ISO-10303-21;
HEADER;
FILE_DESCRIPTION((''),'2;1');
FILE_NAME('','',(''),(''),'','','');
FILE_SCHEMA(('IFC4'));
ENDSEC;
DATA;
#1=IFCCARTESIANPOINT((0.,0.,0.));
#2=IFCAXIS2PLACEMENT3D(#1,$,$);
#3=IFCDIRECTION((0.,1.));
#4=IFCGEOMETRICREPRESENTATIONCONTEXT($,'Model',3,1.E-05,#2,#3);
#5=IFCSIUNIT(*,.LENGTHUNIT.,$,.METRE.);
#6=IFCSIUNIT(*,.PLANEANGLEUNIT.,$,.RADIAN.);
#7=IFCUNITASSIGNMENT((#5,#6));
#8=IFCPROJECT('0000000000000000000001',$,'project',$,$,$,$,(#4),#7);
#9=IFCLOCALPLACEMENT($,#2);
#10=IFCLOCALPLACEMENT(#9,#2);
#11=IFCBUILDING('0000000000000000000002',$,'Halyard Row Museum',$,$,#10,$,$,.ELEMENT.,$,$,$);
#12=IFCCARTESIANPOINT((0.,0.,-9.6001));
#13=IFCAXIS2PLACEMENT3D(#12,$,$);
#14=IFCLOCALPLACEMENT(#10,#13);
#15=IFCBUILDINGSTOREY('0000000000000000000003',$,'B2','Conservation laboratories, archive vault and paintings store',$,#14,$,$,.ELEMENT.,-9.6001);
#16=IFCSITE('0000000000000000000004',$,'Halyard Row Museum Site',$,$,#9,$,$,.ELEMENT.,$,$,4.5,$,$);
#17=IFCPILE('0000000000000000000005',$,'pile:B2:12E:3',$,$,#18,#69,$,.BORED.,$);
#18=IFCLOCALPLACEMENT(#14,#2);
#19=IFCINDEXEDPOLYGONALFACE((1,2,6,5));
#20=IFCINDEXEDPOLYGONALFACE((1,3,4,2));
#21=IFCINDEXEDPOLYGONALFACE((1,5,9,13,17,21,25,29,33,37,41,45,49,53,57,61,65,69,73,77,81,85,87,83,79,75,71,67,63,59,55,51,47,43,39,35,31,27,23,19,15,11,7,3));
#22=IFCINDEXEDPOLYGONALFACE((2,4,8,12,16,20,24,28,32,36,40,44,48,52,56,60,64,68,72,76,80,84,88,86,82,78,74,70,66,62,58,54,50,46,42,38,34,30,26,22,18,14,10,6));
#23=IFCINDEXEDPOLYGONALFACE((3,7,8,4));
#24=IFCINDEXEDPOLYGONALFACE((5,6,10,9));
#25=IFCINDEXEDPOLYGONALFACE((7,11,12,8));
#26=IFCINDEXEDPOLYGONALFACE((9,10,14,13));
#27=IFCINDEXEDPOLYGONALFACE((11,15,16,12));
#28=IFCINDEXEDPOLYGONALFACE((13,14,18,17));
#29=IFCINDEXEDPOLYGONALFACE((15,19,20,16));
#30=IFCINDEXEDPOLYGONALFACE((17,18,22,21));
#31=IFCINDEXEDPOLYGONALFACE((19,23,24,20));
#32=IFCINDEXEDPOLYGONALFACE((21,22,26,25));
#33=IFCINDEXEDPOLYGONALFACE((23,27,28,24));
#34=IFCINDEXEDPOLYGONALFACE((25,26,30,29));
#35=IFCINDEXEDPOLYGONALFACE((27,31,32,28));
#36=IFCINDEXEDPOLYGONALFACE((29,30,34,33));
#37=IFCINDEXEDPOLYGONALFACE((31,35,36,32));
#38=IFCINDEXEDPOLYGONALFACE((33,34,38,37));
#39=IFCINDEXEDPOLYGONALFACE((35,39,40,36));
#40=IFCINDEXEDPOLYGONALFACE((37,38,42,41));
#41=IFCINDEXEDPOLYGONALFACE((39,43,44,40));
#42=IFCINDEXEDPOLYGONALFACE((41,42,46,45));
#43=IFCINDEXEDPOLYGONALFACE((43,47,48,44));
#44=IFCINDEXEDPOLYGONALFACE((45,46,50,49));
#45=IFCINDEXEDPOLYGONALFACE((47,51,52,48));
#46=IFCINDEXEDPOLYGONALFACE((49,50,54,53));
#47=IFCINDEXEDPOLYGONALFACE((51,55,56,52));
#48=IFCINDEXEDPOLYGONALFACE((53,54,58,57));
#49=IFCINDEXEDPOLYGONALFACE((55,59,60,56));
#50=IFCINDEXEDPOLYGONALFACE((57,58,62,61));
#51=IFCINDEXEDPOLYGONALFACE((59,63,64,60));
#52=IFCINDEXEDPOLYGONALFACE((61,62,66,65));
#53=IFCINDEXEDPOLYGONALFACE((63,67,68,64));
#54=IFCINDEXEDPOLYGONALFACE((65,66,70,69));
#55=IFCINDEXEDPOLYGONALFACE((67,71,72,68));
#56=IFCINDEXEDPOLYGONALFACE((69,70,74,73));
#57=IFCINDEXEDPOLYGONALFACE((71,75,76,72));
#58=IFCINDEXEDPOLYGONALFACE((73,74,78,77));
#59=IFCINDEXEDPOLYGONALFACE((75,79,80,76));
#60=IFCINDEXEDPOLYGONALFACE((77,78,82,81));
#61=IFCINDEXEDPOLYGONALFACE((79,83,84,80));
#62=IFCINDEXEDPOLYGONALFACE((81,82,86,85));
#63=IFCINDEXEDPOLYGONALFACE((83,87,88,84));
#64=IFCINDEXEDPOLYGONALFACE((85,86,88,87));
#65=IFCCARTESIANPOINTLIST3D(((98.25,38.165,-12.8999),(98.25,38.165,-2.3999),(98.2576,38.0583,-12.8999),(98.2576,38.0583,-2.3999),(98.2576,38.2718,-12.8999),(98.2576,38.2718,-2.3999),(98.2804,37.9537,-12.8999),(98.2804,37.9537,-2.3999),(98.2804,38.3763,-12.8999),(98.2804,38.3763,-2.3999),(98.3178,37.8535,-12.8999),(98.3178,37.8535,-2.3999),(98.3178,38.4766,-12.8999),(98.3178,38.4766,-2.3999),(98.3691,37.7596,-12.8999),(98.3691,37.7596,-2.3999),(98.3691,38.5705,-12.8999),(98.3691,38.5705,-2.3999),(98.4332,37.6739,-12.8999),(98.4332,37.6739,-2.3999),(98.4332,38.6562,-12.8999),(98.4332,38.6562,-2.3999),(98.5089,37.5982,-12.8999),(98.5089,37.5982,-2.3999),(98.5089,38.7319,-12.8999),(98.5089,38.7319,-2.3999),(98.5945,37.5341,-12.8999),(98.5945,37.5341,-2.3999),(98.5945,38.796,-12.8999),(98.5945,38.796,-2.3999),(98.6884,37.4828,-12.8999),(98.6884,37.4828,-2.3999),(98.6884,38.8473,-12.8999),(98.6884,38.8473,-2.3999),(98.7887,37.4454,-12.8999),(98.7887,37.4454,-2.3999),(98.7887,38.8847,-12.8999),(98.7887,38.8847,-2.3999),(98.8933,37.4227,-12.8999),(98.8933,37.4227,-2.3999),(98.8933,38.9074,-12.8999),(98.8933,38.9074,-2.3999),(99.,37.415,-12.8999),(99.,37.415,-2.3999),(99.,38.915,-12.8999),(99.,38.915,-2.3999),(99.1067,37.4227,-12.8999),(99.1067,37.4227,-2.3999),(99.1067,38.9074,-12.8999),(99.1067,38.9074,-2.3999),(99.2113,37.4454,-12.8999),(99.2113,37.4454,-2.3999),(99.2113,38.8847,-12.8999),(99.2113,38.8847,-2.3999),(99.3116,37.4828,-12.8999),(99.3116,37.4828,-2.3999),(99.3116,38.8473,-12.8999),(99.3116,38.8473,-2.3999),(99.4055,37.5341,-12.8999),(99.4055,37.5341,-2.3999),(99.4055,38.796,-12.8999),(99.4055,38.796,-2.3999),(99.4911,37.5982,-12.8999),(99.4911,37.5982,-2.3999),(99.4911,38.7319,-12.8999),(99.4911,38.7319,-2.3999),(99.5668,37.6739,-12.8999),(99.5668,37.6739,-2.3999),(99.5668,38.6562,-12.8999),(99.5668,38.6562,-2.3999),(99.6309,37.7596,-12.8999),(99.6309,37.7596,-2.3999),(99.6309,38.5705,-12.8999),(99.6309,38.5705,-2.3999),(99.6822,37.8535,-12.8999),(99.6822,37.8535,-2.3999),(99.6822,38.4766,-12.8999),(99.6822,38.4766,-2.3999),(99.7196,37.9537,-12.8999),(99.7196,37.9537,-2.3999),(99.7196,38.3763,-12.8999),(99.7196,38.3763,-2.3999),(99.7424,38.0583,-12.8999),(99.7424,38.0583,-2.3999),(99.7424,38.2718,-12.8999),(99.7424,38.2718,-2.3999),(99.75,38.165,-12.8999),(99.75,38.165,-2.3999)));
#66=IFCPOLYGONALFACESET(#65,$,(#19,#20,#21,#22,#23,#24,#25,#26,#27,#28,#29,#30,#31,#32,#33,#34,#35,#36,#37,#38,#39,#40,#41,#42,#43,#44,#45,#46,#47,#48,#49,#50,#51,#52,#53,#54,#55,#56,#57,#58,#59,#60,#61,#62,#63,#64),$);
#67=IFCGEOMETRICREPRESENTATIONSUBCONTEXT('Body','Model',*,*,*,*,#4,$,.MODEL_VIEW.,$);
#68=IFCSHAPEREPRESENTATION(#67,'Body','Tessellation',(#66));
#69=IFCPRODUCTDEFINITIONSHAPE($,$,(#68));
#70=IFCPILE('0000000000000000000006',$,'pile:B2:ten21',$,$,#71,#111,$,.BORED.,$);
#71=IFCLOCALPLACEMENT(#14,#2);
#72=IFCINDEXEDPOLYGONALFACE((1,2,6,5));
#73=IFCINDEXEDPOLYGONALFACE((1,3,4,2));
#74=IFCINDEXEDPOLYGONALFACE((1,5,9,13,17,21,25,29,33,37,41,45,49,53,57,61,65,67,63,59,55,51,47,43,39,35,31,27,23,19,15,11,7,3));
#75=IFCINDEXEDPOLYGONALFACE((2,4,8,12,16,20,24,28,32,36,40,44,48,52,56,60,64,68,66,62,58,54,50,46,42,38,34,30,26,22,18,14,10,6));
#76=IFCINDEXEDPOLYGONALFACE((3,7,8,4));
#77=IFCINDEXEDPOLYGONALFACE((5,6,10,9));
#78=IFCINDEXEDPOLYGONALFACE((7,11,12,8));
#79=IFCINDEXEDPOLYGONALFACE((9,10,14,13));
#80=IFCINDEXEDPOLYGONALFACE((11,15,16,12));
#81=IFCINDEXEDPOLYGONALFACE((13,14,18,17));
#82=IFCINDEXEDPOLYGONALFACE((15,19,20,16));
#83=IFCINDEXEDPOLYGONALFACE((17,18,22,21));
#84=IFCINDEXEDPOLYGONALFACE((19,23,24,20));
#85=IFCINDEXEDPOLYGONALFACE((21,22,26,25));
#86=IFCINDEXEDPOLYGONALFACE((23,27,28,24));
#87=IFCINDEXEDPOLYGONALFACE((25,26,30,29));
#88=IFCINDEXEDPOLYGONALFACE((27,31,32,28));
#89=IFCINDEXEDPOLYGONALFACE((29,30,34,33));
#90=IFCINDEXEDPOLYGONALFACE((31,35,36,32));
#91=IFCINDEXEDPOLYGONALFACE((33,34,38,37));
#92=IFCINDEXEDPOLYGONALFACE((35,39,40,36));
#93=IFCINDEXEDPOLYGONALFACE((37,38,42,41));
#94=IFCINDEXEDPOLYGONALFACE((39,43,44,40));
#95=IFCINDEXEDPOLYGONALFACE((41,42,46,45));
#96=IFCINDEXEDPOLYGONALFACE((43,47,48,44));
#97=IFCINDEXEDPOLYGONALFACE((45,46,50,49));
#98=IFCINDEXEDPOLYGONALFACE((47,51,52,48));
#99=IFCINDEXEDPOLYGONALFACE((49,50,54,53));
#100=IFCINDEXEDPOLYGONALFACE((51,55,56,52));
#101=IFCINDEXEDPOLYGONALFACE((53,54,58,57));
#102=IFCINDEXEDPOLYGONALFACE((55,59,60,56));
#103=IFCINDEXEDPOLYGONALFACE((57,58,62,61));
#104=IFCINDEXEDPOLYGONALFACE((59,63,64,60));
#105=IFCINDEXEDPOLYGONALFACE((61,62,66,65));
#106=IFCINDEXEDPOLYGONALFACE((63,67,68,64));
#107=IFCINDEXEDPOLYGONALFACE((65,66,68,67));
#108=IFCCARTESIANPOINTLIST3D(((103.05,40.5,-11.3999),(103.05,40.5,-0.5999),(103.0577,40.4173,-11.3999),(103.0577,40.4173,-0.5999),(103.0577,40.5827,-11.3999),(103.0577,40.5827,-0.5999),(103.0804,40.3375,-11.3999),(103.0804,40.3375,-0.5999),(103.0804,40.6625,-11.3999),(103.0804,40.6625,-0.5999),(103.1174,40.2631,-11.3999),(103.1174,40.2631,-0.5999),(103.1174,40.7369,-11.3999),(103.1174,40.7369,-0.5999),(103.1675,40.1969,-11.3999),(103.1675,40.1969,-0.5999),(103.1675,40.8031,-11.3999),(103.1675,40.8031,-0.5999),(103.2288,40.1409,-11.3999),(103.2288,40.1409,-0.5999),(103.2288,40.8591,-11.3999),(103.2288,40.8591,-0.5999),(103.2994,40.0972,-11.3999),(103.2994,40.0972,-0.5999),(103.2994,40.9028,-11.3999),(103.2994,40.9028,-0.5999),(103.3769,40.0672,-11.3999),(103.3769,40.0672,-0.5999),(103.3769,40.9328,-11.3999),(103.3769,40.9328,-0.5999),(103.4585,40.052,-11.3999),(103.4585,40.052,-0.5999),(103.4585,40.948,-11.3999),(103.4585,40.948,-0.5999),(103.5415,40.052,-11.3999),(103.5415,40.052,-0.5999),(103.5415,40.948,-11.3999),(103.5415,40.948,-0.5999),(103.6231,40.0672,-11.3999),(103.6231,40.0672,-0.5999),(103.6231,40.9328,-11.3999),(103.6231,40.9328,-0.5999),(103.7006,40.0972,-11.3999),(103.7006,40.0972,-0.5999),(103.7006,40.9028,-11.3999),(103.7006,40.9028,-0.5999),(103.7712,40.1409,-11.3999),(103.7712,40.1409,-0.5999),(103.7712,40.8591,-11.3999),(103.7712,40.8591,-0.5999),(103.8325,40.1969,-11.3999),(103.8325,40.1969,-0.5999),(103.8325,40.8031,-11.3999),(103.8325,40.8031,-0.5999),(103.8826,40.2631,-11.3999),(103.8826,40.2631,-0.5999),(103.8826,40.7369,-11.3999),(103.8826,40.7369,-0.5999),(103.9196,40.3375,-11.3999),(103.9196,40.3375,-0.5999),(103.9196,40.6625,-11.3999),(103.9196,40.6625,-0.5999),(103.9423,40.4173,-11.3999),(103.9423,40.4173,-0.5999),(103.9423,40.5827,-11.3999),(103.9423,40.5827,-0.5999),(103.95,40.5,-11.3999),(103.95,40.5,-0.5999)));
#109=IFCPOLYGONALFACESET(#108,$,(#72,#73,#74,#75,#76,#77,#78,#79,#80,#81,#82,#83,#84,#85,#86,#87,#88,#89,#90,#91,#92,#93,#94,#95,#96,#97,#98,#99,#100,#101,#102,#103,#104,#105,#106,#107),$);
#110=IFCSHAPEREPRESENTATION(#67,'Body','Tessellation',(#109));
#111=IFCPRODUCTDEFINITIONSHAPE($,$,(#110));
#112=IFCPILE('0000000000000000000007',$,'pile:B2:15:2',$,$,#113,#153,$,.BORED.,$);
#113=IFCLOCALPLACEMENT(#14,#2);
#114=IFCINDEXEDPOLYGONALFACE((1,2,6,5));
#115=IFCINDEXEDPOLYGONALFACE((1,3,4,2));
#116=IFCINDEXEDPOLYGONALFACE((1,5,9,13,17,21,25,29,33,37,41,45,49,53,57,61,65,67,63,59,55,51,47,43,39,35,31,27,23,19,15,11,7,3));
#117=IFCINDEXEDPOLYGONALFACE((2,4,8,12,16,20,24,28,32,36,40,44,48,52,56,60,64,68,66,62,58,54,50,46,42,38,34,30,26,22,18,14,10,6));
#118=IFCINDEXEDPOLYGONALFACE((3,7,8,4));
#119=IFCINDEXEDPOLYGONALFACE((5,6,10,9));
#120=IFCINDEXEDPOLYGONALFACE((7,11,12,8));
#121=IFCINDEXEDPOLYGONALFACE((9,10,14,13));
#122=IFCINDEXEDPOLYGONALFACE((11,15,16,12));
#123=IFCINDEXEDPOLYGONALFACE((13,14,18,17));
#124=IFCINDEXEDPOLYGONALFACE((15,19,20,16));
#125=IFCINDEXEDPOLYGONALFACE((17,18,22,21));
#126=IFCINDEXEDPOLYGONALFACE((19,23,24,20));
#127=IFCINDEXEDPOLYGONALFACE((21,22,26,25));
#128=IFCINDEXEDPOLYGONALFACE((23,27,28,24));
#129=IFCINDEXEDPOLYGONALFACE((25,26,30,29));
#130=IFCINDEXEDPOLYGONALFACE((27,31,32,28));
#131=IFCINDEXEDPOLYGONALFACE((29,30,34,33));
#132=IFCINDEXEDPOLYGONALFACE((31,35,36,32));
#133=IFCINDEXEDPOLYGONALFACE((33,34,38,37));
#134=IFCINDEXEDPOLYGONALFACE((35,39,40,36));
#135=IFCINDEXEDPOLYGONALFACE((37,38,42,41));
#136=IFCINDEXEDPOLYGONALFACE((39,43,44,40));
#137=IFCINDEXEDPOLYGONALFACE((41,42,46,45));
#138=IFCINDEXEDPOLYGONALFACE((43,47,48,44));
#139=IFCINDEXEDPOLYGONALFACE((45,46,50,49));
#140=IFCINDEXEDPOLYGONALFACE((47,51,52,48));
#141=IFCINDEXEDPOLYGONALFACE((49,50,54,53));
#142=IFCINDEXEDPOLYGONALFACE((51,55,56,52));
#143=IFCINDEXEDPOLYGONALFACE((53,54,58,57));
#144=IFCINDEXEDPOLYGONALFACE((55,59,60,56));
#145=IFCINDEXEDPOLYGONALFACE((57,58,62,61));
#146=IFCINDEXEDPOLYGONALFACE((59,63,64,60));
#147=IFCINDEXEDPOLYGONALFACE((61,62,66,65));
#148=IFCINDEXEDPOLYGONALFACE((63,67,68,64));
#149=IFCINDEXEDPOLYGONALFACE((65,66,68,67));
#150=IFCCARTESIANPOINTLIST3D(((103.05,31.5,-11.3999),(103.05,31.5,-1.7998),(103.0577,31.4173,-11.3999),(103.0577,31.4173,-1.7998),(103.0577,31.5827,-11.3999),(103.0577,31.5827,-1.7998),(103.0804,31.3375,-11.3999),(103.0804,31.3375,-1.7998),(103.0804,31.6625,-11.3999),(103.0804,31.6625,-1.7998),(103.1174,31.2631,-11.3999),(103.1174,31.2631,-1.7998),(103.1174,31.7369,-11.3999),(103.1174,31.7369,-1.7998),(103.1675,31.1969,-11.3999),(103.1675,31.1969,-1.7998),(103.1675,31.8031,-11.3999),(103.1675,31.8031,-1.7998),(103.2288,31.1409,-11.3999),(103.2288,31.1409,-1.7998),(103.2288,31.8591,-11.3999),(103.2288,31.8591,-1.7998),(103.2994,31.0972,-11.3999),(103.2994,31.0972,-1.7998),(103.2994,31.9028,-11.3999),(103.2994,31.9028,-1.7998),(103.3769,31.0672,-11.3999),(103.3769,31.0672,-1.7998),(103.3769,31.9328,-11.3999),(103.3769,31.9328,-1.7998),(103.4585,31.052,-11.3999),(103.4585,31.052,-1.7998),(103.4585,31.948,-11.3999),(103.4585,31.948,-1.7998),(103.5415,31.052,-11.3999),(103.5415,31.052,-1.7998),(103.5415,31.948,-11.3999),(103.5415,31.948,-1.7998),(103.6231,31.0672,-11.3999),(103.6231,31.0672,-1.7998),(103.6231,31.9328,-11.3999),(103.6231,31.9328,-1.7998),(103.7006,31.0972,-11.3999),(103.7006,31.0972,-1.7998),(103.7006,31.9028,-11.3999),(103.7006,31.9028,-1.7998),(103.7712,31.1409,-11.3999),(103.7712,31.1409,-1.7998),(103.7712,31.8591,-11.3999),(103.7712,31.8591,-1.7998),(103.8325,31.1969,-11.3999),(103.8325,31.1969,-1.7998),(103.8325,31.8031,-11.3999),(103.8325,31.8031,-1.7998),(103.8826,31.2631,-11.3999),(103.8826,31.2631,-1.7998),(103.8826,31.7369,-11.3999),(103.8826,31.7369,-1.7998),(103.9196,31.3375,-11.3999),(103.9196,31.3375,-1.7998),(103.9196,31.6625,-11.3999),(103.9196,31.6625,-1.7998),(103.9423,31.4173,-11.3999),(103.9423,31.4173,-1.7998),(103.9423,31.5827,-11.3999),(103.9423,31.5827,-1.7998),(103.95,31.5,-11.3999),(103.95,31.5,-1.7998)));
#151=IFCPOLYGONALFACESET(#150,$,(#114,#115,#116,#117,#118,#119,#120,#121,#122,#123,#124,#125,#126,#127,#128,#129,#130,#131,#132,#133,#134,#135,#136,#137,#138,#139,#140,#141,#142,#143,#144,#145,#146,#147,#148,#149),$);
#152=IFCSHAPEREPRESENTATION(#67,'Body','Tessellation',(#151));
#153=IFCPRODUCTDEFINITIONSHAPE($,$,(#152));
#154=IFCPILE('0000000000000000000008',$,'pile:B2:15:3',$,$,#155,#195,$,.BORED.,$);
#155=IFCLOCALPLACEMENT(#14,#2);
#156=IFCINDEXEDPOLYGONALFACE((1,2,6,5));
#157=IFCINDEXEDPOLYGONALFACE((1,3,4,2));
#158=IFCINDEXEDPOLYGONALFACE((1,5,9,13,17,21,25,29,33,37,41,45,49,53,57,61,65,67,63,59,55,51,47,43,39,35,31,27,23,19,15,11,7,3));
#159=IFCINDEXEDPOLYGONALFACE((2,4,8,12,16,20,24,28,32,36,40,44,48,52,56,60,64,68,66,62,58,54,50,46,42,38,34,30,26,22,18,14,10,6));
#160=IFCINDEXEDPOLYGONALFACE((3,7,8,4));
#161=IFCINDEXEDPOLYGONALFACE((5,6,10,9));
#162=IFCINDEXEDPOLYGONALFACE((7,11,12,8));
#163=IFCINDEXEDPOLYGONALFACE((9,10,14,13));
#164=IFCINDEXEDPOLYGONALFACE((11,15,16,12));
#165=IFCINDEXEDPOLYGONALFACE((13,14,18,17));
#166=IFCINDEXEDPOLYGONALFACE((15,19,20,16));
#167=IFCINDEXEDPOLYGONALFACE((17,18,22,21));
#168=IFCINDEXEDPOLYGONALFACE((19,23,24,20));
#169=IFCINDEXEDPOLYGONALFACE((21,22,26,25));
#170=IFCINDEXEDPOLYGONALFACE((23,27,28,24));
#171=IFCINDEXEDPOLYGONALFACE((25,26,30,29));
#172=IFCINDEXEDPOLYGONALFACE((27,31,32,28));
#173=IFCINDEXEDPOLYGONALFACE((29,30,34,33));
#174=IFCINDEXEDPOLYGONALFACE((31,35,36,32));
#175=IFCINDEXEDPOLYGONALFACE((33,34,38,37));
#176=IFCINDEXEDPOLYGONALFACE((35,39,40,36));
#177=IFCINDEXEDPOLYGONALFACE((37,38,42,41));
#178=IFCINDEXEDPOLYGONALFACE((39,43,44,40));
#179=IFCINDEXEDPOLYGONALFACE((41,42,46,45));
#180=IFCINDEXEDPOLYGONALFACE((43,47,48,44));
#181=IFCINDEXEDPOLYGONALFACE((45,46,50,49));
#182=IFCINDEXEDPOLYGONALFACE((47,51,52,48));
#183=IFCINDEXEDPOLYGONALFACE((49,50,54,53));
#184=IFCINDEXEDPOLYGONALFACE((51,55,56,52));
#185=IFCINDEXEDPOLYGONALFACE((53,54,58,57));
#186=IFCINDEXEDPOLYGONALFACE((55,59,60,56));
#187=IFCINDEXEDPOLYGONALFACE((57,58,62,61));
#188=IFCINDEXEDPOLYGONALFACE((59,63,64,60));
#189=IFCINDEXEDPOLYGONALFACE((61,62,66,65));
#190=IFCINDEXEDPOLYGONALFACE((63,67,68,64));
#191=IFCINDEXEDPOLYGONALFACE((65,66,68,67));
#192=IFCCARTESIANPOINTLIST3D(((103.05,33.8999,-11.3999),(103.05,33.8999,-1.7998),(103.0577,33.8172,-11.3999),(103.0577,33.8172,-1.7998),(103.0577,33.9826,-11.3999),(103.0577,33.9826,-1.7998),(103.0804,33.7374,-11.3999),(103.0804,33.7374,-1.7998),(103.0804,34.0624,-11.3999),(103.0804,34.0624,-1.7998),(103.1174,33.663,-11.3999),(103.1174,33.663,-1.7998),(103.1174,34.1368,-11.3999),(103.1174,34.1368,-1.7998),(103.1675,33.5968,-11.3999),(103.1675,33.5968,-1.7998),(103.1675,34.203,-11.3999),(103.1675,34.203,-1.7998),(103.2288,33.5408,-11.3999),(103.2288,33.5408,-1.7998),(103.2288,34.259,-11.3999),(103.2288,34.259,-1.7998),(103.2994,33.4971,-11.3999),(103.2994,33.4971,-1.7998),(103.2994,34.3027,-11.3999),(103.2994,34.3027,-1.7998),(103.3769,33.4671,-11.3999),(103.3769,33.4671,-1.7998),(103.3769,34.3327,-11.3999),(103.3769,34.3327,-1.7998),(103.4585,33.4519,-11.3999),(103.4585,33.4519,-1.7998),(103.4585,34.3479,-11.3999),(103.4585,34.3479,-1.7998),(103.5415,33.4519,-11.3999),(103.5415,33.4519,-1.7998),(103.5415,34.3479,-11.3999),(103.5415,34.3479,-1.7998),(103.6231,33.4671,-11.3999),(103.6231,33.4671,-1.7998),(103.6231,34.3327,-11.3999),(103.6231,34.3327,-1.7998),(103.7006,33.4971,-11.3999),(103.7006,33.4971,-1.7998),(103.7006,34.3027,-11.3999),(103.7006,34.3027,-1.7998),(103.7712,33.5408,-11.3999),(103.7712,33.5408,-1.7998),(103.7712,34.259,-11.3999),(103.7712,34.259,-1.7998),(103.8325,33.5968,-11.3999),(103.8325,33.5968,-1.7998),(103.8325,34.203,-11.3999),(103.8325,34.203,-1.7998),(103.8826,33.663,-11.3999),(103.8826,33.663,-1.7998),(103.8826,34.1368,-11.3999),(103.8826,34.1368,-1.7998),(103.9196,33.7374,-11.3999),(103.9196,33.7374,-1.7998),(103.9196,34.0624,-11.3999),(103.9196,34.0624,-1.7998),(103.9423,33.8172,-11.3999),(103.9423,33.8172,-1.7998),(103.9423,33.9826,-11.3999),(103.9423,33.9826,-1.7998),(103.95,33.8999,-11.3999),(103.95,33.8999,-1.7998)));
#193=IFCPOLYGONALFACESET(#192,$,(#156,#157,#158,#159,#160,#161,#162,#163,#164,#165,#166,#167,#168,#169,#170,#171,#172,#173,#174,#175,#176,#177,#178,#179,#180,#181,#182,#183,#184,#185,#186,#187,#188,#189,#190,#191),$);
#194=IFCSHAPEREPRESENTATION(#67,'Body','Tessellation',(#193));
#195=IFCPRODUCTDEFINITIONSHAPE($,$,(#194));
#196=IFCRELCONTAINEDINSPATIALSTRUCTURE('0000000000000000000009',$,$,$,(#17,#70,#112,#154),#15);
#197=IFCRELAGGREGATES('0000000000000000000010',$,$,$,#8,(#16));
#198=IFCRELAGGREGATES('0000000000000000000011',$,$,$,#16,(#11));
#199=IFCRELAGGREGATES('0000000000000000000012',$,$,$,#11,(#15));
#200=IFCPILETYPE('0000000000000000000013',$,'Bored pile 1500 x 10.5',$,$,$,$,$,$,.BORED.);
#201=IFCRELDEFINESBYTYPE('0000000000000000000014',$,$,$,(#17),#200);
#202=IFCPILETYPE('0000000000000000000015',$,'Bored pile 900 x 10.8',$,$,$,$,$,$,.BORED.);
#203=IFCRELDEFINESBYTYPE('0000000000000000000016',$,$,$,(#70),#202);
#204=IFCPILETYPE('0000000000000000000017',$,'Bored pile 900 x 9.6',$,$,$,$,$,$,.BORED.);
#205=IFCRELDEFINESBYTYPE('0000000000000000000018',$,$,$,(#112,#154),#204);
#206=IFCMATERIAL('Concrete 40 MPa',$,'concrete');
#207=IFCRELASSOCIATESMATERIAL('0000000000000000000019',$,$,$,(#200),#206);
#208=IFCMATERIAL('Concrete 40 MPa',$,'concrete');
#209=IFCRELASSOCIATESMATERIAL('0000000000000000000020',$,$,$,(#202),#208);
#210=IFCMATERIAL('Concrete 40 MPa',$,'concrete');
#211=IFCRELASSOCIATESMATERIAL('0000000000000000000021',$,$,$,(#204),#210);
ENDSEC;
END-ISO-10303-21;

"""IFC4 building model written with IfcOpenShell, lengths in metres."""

from ifc_helpers import new_model, si_unit, direction, frame, origin, origin_2d, place, context, subcontext, project, spatial, circle, extrude, material, material_profile, profile_set, type_object, element, save


model = new_model("IFC4")

# Units and contexts
model_context = context("Model", 3, precision=1e-05, world=origin(), true_north=direction((0.0, 1.0)))
body_context = subcontext(model_context, "Body", "Model", "MODEL_VIEW")
ifc_project = project(units=[si_unit("LENGTHUNIT", "METRE"), si_unit("PLANEANGLEUNIT", "RADIAN")], contexts=[model_context])

# Site, building, storey
site_placement = place(None, origin())
site = spatial("IfcSite", under=ifc_project, at=site_placement, Name="Halyard Row Museum Site", CompositionType="ELEMENT", RefElevation=4.5)
building_placement = place(site_placement, origin())
building = spatial("IfcBuilding", under=site, at=building_placement, Name="Halyard Row Museum", CompositionType="ELEMENT")
storey_placement = place(building_placement, frame((0.0, 0.0, -9.6001)))
storey = spatial("IfcBuildingStorey", under=building, at=storey_placement, Name="B2", Description="Conservation laboratories, archive vault and paintings store", CompositionType="ELEMENT", Elevation=-9.6001)

# Piles
ifc_material_1 = material(Name="Concrete 40 MPa", Category="concrete")
ifc_material_profile_1 = material_profile(ifc_material_1, circle(Radius=0.75, at=origin_2d()), Name="Bored pile 1500 x 10.5")
ifc_profile_set_1 = profile_set([ifc_material_profile_1], Name="Concrete 40 MPa")
pile_type_1 = type_object("IfcPileType", Name="Bored pile 1500 x 10.5", PredefinedType="BORED", material=ifc_profile_set_1)
for number, where, z_axis, x_axis, name in (
    (1, (99.0, 38.165, -2.3999), (0.0, 0.0, -1.0), (1.0, 0.0, 0.0), "pile:B2:12E:3"),
):
    element("IfcPile", number, at=place(storey_placement, frame(where, z_axis=z_axis, x_axis=x_axis)), inside=storey, type_object=pile_type_1, Name=name, PredefinedType="BORED", context=body_context, shape_type="SweptSolid", body=[
        extrude(circle(Radius=0.75, at=origin_2d()), origin(), (0.0, 0.0, 1.0), 10.5),
    ])
ifc_material_2 = material(Name="Concrete 40 MPa", Category="concrete")
ifc_material_profile_2 = material_profile(ifc_material_2, circle(Radius=0.45, at=origin_2d()), Name="Bored pile 900 x 10.8")
ifc_profile_set_2 = profile_set([ifc_material_profile_2], Name="Concrete 40 MPa")
pile_type_2 = type_object("IfcPileType", Name="Bored pile 900 x 10.8", PredefinedType="BORED", material=ifc_profile_set_2)
pile_placement = place(storey_placement, frame((103.5, 40.5, -0.5999), z_axis=(0.0, 0.0, -1.0), x_axis=(1.0, 0.0, 0.0)))
element("IfcPile", 2, at=pile_placement, inside=storey, type_object=pile_type_2, Name="pile:B2:ten21", PredefinedType="BORED", context=body_context, shape_type="SweptSolid", body=[
    extrude(circle(Radius=0.45, at=origin_2d()), origin(), (0.0, 0.0, 1.0), 10.8),
])
ifc_material_3 = material(Name="Concrete 40 MPa", Category="concrete")
ifc_material_profile_3 = material_profile(ifc_material_3, circle(Radius=0.45, at=origin_2d()), Name="Bored pile 900 x 9.6")
ifc_profile_set_3 = profile_set([ifc_material_profile_3], Name="Concrete 40 MPa")
pile_type_3 = type_object("IfcPileType", Name="Bored pile 900 x 9.6", PredefinedType="BORED", material=ifc_profile_set_3)
for number, where, z_axis, x_axis, name in (
    (3, (103.5, 31.5, -1.7998), (0.0, 0.0, -1.0), (1.0, 0.0, 0.0), "pile:B2:15:2"),
    (4, (103.5, 33.8999, -1.7998), (0.0, 0.0, -1.0), (1.0, 0.0, 0.0), "pile:B2:15:3"),
):
    element("IfcPile", number, at=place(storey_placement, frame(where, z_axis=z_axis, x_axis=x_axis)), inside=storey, type_object=pile_type_3, Name=name, PredefinedType="BORED", context=body_context, shape_type="SweptSolid", body=[
        extrude(circle(Radius=0.45, at=origin_2d()), origin(), (0.0, 0.0, 1.0), 9.6001),
    ])

save(model, "model.ifc")
